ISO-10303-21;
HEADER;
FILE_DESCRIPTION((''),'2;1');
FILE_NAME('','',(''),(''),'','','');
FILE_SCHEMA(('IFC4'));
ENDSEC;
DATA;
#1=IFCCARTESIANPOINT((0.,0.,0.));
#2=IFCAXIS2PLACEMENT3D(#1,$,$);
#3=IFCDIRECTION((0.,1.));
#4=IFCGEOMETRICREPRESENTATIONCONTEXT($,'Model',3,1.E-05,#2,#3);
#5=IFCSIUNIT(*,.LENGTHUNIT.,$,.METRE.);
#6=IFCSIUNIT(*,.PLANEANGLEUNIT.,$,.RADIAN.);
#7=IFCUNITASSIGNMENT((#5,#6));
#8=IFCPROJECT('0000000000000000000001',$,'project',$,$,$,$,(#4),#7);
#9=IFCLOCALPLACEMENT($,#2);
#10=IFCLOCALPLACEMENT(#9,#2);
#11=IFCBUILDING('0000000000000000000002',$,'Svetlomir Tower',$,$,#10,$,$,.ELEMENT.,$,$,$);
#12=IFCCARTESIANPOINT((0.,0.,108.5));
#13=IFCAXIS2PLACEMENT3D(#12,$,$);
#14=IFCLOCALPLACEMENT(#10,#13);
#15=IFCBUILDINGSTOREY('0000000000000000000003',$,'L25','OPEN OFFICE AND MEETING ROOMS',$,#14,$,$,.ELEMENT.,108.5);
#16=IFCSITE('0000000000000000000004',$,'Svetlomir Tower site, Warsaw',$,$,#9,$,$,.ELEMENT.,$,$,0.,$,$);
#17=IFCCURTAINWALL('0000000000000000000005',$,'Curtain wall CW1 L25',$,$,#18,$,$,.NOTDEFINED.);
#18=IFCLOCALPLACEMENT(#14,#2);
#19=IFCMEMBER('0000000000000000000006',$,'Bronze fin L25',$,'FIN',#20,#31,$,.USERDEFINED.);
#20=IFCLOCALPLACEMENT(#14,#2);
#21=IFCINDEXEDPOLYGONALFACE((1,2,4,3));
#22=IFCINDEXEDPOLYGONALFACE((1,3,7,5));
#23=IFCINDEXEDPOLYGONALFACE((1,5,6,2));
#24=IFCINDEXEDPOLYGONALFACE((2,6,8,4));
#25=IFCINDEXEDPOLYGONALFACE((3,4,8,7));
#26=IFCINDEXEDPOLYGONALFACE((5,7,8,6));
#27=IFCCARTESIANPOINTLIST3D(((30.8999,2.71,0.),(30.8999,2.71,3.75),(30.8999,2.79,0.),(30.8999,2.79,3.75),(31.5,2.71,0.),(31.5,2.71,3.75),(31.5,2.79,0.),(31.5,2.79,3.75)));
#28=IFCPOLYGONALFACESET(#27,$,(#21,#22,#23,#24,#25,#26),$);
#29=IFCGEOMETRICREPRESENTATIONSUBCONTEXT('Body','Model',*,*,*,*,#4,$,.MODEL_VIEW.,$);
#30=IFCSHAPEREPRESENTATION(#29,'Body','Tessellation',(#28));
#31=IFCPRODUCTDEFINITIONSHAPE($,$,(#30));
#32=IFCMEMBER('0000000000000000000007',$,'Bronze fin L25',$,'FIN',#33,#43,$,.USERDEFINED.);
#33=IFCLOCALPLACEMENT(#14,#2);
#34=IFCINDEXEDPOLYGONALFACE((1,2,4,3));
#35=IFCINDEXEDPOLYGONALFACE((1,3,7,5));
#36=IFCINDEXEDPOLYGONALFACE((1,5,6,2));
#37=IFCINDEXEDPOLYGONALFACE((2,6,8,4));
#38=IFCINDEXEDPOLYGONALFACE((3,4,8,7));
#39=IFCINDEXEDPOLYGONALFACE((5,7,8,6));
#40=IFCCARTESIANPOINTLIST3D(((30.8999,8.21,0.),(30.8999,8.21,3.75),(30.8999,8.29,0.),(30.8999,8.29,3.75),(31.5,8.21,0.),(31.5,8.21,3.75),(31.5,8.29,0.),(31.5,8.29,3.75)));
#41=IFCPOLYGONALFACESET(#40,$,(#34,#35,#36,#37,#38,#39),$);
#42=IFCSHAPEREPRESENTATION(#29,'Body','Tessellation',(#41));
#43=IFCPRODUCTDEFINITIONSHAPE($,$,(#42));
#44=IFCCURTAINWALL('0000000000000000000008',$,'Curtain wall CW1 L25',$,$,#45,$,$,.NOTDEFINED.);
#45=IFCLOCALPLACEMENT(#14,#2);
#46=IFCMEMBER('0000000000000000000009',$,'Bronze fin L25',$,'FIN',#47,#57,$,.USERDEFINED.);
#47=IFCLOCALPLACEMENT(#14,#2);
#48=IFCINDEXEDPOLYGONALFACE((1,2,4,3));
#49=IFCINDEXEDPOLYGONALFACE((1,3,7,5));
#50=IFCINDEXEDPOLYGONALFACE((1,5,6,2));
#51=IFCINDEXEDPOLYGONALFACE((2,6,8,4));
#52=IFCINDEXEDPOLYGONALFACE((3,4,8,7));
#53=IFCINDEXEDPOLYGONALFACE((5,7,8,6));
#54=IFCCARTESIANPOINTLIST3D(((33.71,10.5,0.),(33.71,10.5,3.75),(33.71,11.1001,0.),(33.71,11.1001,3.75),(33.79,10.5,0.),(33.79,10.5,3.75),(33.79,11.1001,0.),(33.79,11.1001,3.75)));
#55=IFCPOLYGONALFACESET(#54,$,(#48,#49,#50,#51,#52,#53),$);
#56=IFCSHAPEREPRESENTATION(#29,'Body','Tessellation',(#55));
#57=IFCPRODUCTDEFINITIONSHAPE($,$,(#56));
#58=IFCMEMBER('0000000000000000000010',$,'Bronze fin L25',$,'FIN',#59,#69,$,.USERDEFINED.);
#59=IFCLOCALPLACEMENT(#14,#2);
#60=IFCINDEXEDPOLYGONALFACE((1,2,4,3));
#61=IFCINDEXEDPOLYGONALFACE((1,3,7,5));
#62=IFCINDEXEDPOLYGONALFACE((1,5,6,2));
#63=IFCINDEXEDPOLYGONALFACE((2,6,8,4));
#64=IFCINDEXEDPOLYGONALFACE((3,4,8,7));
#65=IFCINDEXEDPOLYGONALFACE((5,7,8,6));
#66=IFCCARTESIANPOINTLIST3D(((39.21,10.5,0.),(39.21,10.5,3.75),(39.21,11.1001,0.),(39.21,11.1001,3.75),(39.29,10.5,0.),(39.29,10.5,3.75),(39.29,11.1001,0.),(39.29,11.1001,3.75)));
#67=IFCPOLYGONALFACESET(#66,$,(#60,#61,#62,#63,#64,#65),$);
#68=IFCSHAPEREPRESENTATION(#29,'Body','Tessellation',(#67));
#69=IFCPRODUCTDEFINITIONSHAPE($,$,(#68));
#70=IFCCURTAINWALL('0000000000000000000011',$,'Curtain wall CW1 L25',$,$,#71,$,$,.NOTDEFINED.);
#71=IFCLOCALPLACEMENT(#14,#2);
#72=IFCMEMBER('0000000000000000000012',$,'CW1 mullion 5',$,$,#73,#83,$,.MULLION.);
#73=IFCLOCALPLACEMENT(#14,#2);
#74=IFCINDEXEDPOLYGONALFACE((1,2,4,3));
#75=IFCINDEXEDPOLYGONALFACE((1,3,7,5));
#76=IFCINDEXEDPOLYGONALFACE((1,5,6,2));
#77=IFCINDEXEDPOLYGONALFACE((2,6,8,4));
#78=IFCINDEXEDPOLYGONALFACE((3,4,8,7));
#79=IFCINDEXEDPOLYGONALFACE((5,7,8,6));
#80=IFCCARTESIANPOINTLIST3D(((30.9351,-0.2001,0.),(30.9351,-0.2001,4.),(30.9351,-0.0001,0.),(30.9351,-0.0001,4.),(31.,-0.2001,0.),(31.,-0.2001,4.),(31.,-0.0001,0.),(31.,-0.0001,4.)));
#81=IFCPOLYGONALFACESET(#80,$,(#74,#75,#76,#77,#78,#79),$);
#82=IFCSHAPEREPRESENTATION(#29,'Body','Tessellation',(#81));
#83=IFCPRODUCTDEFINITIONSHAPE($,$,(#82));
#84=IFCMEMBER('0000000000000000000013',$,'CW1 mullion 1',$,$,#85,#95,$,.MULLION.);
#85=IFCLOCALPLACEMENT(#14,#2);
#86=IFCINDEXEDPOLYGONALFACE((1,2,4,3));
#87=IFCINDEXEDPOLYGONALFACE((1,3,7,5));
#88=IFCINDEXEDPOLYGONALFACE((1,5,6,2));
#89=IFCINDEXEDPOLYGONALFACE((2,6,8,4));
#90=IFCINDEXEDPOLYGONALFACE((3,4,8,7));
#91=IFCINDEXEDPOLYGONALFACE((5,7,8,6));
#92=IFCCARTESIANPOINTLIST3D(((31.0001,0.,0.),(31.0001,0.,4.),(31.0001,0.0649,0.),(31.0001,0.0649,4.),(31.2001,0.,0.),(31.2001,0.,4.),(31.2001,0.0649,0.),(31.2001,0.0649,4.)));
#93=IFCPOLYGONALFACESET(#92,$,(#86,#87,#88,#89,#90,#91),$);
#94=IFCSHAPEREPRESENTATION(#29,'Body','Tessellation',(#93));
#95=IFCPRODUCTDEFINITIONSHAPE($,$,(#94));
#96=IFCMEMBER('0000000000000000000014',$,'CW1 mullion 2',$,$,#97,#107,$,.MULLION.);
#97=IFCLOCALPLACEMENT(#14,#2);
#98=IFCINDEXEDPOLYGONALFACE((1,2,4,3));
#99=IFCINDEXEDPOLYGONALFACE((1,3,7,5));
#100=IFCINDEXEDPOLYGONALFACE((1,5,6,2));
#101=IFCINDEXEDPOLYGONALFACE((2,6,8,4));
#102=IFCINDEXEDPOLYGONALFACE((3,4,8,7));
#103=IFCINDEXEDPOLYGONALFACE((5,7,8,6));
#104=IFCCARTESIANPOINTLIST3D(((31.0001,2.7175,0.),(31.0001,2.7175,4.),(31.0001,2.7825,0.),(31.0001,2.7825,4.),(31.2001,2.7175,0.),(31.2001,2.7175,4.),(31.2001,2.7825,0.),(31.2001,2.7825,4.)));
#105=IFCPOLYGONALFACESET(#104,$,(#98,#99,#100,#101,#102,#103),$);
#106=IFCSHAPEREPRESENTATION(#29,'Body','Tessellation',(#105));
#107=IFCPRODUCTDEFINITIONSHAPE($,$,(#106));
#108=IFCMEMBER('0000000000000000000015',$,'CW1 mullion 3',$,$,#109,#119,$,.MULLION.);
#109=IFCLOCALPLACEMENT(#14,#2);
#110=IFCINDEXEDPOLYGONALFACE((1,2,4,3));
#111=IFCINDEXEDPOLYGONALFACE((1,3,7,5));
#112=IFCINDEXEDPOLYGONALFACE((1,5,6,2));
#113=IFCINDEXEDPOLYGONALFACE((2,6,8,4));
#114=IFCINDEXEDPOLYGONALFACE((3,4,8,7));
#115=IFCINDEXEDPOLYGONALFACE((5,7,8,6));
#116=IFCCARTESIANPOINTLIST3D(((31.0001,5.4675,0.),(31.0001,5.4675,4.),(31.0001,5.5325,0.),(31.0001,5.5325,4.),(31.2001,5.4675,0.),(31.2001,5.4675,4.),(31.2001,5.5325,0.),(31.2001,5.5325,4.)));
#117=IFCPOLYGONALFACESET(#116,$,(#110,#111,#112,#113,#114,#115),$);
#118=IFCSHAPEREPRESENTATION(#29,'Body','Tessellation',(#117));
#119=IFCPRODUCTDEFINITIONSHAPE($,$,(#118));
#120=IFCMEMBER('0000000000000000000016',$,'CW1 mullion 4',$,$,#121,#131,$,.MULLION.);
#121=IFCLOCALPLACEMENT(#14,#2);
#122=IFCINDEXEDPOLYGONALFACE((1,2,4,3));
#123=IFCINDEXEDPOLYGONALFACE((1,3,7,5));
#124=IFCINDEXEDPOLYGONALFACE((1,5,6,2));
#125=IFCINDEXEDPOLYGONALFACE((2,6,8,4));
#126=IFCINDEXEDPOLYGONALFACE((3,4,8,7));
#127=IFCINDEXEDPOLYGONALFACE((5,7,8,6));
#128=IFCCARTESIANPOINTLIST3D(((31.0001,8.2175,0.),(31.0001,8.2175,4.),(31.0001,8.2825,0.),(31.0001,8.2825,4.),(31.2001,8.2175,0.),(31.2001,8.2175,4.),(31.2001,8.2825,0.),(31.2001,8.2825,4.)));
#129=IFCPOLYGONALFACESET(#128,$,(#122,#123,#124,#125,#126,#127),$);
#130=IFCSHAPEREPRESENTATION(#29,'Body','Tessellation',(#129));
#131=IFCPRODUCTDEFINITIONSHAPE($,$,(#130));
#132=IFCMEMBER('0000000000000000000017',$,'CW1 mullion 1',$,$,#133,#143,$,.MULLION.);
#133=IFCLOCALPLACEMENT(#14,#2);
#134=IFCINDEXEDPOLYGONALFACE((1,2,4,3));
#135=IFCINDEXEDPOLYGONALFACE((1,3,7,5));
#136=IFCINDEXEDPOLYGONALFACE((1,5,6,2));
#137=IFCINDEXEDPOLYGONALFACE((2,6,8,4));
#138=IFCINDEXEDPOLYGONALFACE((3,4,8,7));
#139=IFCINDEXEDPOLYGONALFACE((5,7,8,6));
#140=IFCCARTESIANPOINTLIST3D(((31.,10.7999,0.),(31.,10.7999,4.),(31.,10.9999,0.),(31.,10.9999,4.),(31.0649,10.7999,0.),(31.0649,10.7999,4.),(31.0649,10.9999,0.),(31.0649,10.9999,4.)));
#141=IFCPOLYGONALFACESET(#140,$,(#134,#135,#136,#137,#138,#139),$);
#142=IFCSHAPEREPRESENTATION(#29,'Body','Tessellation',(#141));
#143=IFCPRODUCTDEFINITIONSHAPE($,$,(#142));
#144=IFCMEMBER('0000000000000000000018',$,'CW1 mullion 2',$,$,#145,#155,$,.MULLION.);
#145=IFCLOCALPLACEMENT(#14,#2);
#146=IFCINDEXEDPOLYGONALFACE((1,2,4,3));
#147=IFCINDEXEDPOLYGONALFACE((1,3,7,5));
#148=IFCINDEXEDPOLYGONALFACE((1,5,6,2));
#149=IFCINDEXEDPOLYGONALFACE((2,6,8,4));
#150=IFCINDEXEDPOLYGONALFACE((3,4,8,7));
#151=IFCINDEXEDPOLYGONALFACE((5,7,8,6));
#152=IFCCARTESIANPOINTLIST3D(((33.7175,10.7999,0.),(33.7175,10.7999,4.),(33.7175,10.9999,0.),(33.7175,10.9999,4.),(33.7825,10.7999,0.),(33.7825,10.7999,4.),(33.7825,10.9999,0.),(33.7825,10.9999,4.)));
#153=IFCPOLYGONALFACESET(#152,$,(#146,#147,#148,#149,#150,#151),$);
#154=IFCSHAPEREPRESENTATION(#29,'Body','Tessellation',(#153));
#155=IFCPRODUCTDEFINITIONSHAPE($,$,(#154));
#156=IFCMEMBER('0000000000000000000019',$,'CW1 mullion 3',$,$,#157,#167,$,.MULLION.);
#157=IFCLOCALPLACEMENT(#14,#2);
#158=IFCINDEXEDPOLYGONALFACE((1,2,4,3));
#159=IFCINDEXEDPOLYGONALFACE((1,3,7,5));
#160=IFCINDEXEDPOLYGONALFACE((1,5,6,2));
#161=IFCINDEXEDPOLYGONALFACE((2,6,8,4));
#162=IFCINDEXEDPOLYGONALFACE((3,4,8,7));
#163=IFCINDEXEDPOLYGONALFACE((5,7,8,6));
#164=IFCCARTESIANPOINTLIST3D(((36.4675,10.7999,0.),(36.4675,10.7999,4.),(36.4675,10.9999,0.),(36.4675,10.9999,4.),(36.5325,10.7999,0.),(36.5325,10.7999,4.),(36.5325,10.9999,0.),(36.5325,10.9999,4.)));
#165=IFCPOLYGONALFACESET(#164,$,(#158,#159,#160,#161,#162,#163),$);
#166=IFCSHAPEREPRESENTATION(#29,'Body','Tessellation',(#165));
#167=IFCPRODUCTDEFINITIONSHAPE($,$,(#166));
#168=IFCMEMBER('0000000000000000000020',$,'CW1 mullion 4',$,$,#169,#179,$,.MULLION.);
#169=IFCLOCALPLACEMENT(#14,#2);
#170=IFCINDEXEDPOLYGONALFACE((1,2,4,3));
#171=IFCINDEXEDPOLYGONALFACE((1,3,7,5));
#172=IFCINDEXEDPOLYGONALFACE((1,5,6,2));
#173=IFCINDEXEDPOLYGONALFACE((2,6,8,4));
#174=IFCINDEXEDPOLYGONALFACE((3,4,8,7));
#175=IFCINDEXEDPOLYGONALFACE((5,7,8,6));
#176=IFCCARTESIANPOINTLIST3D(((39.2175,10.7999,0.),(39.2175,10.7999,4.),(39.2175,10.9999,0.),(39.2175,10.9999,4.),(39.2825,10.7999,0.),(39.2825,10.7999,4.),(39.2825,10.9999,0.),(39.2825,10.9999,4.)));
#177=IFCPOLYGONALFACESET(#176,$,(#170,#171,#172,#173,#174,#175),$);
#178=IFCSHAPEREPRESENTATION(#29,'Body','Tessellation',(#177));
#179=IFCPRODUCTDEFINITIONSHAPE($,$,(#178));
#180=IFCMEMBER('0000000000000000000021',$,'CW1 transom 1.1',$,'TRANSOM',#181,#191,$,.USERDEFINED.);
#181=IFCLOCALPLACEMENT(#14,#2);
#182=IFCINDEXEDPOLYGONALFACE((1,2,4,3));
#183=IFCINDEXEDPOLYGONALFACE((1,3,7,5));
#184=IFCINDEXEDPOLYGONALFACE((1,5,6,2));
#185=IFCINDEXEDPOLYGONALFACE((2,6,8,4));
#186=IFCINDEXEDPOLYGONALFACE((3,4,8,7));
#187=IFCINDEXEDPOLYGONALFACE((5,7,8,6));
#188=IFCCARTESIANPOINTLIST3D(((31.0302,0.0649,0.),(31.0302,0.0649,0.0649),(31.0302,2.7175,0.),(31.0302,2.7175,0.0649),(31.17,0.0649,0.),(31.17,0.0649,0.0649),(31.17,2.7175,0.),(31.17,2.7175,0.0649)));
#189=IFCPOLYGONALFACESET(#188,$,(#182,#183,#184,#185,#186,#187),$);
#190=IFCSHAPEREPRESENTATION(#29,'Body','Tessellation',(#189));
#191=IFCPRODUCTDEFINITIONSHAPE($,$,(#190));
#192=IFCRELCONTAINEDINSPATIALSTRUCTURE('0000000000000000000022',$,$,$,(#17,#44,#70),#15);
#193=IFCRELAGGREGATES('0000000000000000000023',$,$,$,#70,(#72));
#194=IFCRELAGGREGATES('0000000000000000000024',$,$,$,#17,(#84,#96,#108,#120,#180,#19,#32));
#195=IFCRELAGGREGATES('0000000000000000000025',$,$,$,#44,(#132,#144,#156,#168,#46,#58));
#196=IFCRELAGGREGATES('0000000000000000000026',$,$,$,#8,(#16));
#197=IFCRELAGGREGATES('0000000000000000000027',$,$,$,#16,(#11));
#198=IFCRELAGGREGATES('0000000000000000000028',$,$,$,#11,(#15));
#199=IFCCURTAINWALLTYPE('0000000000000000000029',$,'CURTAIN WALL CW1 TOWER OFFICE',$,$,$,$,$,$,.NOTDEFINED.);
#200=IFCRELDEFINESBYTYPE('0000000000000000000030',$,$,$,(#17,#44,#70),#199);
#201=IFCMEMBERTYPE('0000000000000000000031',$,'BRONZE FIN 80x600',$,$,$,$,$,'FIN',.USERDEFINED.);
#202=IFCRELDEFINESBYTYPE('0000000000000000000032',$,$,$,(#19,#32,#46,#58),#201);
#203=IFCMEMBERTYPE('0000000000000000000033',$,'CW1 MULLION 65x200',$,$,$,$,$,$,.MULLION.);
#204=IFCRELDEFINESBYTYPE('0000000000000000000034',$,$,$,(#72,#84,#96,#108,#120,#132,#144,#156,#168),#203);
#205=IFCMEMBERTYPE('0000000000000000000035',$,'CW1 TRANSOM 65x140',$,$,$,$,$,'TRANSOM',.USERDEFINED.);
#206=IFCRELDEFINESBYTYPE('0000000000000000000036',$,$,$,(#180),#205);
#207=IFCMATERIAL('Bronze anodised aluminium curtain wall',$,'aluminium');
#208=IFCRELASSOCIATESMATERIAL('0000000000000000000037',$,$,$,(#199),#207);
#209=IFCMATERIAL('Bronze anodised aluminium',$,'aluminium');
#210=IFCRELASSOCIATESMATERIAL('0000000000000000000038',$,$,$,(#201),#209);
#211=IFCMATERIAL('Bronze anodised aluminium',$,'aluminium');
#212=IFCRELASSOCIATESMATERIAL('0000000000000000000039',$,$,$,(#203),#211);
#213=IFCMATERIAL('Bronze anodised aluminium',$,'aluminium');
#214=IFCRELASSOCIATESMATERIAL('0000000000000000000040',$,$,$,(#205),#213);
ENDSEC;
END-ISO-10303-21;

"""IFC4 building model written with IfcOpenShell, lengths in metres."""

from ifc_helpers import new_model, si_unit, direction, frame, origin, origin_2d, place, context, subcontext, project, spatial, rectangle, extrude, material, material_profile, profile_set, type_object, element, aggregate, save


model = new_model("IFC4")

# Units and contexts
model_context = context("Model", 3, precision=1e-05, world=origin(), true_north=direction((0.0, 1.0)))
body_context = subcontext(model_context, "Body", "Model", "MODEL_VIEW")
ifc_project = project(units=[si_unit("LENGTHUNIT", "METRE"), si_unit("PLANEANGLEUNIT", "RADIAN")], contexts=[model_context])

# Site, building, storey
site_placement = place(None, origin())
site = spatial("IfcSite", under=ifc_project, at=site_placement, Name="Svetlomir Tower site, Warsaw", CompositionType="ELEMENT", RefElevation=0.0)
building_placement = place(site_placement, origin())
building = spatial("IfcBuilding", under=site, at=building_placement, Name="Svetlomir Tower", CompositionType="ELEMENT")
storey_placement = place(building_placement, frame((0.0, 0.0, 108.5)))
storey = spatial("IfcBuildingStorey", under=building, at=storey_placement, Name="L25", Description="OPEN OFFICE AND MEETING ROOMS", CompositionType="ELEMENT", Elevation=108.5)

# Curtain walls, members
ifc_material_1 = material(Name="Bronze anodised aluminium curtain wall", Category="aluminium")
curtain_wall_type = type_object("IfcCurtainWallType", Name="CURTAIN WALL CW1 TOWER OFFICE", PredefinedType="NOTDEFINED", material=ifc_material_1)
curtain_wall_1_placement = place(storey_placement, origin())
curtain_wall_1 = element("IfcCurtainWall", 1, at=curtain_wall_1_placement, inside=storey, type_object=curtain_wall_type, Name="Curtain wall CW1 L25", PredefinedType="NOTDEFINED")
ifc_material_2 = material(Name="Bronze anodised aluminium", Category="aluminium")
ifc_material_profile_1 = material_profile(ifc_material_2, rectangle(XDim=0.0801, YDim=0.6001, at=origin_2d()), Name="FIN 80x600")
ifc_profile_set_1 = profile_set([ifc_material_profile_1], Name="Bronze anodised aluminium 6063-T6")
member_type_1 = type_object("IfcMemberType", Name="BRONZE FIN 80x600", ElementType="FIN", PredefinedType="USERDEFINED", material=ifc_profile_set_1)
member_1_placement = place(storey_placement, frame((31.2, 2.75, 0.0), z_axis=(0.0, 0.0, 1.0), x_axis=(0.0, 1.0, 0.0)))
member_1 = element("IfcMember", 2, at=member_1_placement, type_object=member_type_1, Name="Bronze fin L25", ObjectType="FIN", PredefinedType="USERDEFINED", context=body_context, shape_type="SweptSolid", body=[
    extrude(rectangle(XDim=0.0801, YDim=0.6001, at=origin_2d()), origin(), (0.0, 0.0, 1.0), 3.75),
])
member_2_placement = place(storey_placement, frame((31.2, 8.25, 0.0), z_axis=(0.0, 0.0, 1.0), x_axis=(0.0, 1.0, 0.0)))
member_2 = element("IfcMember", 3, at=member_2_placement, type_object=member_type_1, Name="Bronze fin L25", ObjectType="FIN", PredefinedType="USERDEFINED", context=body_context, shape_type="SweptSolid", body=[
    extrude(rectangle(XDim=0.0801, YDim=0.6001, at=origin_2d()), origin(), (0.0, 0.0, 1.0), 3.75),
])
curtain_wall_2_placement = place(storey_placement, origin())
curtain_wall_2 = element("IfcCurtainWall", 4, at=curtain_wall_2_placement, inside=storey, type_object=curtain_wall_type, Name="Curtain wall CW1 L25", PredefinedType="NOTDEFINED")
member_3_placement = place(storey_placement, frame((33.75, 10.8, 0.0), z_axis=(0.0, 0.0, 1.0), x_axis=(1.0, 0.0, 0.0)))
member_3 = element("IfcMember", 5, at=member_3_placement, type_object=member_type_1, Name="Bronze fin L25", ObjectType="FIN", PredefinedType="USERDEFINED", context=body_context, shape_type="SweptSolid", body=[
    extrude(rectangle(XDim=0.0801, YDim=0.6001, at=origin_2d()), origin(), (0.0, 0.0, 1.0), 3.75),
])
member_4_placement = place(storey_placement, frame((39.25, 10.8, 0.0), z_axis=(0.0, 0.0, 1.0), x_axis=(1.0, 0.0, 0.0)))
member_4 = element("IfcMember", 6, at=member_4_placement, type_object=member_type_1, Name="Bronze fin L25", ObjectType="FIN", PredefinedType="USERDEFINED", context=body_context, shape_type="SweptSolid", body=[
    extrude(rectangle(XDim=0.0801, YDim=0.6001, at=origin_2d()), origin(), (0.0, 0.0, 1.0), 3.75),
])

# Curtain wall, member
curtain_wall_3_placement = place(storey_placement, origin())
curtain_wall_3 = element("IfcCurtainWall", 7, at=curtain_wall_3_placement, inside=storey, type_object=curtain_wall_type, Name="Curtain wall CW1 L25", PredefinedType="NOTDEFINED")
ifc_material_3 = material(Name="Bronze anodised aluminium", Category="aluminium")
ifc_material_profile_2 = material_profile(ifc_material_3, rectangle(XDim=0.0649, YDim=0.2, at=origin_2d()), Name="AL 65x200")
ifc_profile_set_2 = profile_set([ifc_material_profile_2], Name="Bronze anodised aluminium 6063-T6")
member_type_2 = type_object("IfcMemberType", Name="CW1 MULLION 65x200", PredefinedType="MULLION", material=ifc_profile_set_2)
member_5_placement = place(storey_placement, frame((30.9675, -0.1001, 0.0), z_axis=(0.0, 0.0, 1.0), x_axis=(1.0, 0.0, 0.0)))
member_5 = element("IfcMember", 8, at=member_5_placement, type_object=member_type_2, Name="CW1 mullion 5", PredefinedType="MULLION", context=body_context, shape_type="SweptSolid", body=[
    extrude(rectangle(XDim=0.0649, YDim=0.2, at=origin_2d()), origin(), (0.0, 0.0, 1.0), 4.0),
])
aggregate(curtain_wall_3, [member_5])

# Members
member_6_placement = place(storey_placement, frame((31.1001, 0.0325, 0.0), z_axis=(0.0, 0.0, 1.0), x_axis=(0.0, 1.0, 0.0)))
member_6 = element("IfcMember", 9, at=member_6_placement, type_object=member_type_2, Name="CW1 mullion 1", PredefinedType="MULLION", context=body_context, shape_type="SweptSolid", body=[
    extrude(rectangle(XDim=0.0649, YDim=0.2, at=origin_2d()), origin(), (0.0, 0.0, 1.0), 4.0),
])
member_7_placement = place(storey_placement, frame((31.1001, 2.75, 0.0), z_axis=(0.0, 0.0, 1.0), x_axis=(0.0, 1.0, 0.0)))
member_7 = element("IfcMember", 10, at=member_7_placement, type_object=member_type_2, Name="CW1 mullion 2", PredefinedType="MULLION", context=body_context, shape_type="SweptSolid", body=[
    extrude(rectangle(XDim=0.0649, YDim=0.2, at=origin_2d()), origin(), (0.0, 0.0, 1.0), 4.0),
])
member_8_placement = place(storey_placement, frame((31.1001, 5.5, 0.0), z_axis=(0.0, 0.0, 1.0), x_axis=(0.0, 1.0, 0.0)))
member_8 = element("IfcMember", 11, at=member_8_placement, type_object=member_type_2, Name="CW1 mullion 3", PredefinedType="MULLION", context=body_context, shape_type="SweptSolid", body=[
    extrude(rectangle(XDim=0.0649, YDim=0.2, at=origin_2d()), origin(), (0.0, 0.0, 1.0), 4.0),
])
member_9_placement = place(storey_placement, frame((31.1001, 8.25, 0.0), z_axis=(0.0, 0.0, 1.0), x_axis=(0.0, 1.0, 0.0)))
member_9 = element("IfcMember", 12, at=member_9_placement, type_object=member_type_2, Name="CW1 mullion 4", PredefinedType="MULLION", context=body_context, shape_type="SweptSolid", body=[
    extrude(rectangle(XDim=0.0649, YDim=0.2, at=origin_2d()), origin(), (0.0, 0.0, 1.0), 4.0),
])
member_10_placement = place(storey_placement, frame((31.0325, 10.8999, 0.0), z_axis=(0.0, 0.0, 1.0), x_axis=(1.0, 0.0, 0.0)))
member_10 = element("IfcMember", 13, at=member_10_placement, type_object=member_type_2, Name="CW1 mullion 1", PredefinedType="MULLION", context=body_context, shape_type="SweptSolid", body=[
    extrude(rectangle(XDim=0.0649, YDim=0.2, at=origin_2d()), origin(), (0.0, 0.0, 1.0), 4.0),
])
member_11_placement = place(storey_placement, frame((33.75, 10.8999, 0.0), z_axis=(0.0, 0.0, 1.0), x_axis=(1.0, 0.0, 0.0)))
member_11 = element("IfcMember", 14, at=member_11_placement, type_object=member_type_2, Name="CW1 mullion 2", PredefinedType="MULLION", context=body_context, shape_type="SweptSolid", body=[
    extrude(rectangle(XDim=0.0649, YDim=0.2, at=origin_2d()), origin(), (0.0, 0.0, 1.0), 4.0),
])
member_12_placement = place(storey_placement, frame((36.5, 10.8999, 0.0), z_axis=(0.0, 0.0, 1.0), x_axis=(1.0, 0.0, 0.0)))
member_12 = element("IfcMember", 15, at=member_12_placement, type_object=member_type_2, Name="CW1 mullion 3", PredefinedType="MULLION", context=body_context, shape_type="SweptSolid", body=[
    extrude(rectangle(XDim=0.0649, YDim=0.2, at=origin_2d()), origin(), (0.0, 0.0, 1.0), 4.0),
])
member_13_placement = place(storey_placement, frame((39.25, 10.8999, 0.0), z_axis=(0.0, 0.0, 1.0), x_axis=(1.0, 0.0, 0.0)))
member_13 = element("IfcMember", 16, at=member_13_placement, type_object=member_type_2, Name="CW1 mullion 4", PredefinedType="MULLION", context=body_context, shape_type="SweptSolid", body=[
    extrude(rectangle(XDim=0.0649, YDim=0.2, at=origin_2d()), origin(), (0.0, 0.0, 1.0), 4.0),
])
ifc_material_4 = material(Name="Bronze anodised aluminium", Category="aluminium")
ifc_material_profile_3 = material_profile(ifc_material_4, rectangle(XDim=0.1399, YDim=0.0649, at=origin_2d()), Name="AL 140x65")
ifc_profile_set_3 = profile_set([ifc_material_profile_3], Name="Bronze anodised aluminium 6063-T6")
member_type_3 = type_object("IfcMemberType", Name="CW1 TRANSOM 65x140", ElementType="TRANSOM", PredefinedType="USERDEFINED", material=ifc_profile_set_3)
member_14_placement = place(storey_placement, frame((31.1001, 0.0649, 0.0325), z_axis=(0.0, 1.0, 0.0), x_axis=(-1.0, 0.0, 0.0)))
member_14 = element("IfcMember", 17, at=member_14_placement, type_object=member_type_3, Name="CW1 transom 1.1", ObjectType="TRANSOM", PredefinedType="USERDEFINED", context=body_context, shape_type="SweptSolid", body=[
    extrude(rectangle(XDim=0.1399, YDim=0.0649, at=origin_2d()), origin(), (0.0, 0.0, 1.0), 2.6526),
])

aggregate(curtain_wall_1, [member_6, member_7, member_8, member_9, member_14, member_1, member_2])
aggregate(curtain_wall_2, [member_10, member_11, member_12, member_13, member_3, member_4])

save(model, "model.ifc")
